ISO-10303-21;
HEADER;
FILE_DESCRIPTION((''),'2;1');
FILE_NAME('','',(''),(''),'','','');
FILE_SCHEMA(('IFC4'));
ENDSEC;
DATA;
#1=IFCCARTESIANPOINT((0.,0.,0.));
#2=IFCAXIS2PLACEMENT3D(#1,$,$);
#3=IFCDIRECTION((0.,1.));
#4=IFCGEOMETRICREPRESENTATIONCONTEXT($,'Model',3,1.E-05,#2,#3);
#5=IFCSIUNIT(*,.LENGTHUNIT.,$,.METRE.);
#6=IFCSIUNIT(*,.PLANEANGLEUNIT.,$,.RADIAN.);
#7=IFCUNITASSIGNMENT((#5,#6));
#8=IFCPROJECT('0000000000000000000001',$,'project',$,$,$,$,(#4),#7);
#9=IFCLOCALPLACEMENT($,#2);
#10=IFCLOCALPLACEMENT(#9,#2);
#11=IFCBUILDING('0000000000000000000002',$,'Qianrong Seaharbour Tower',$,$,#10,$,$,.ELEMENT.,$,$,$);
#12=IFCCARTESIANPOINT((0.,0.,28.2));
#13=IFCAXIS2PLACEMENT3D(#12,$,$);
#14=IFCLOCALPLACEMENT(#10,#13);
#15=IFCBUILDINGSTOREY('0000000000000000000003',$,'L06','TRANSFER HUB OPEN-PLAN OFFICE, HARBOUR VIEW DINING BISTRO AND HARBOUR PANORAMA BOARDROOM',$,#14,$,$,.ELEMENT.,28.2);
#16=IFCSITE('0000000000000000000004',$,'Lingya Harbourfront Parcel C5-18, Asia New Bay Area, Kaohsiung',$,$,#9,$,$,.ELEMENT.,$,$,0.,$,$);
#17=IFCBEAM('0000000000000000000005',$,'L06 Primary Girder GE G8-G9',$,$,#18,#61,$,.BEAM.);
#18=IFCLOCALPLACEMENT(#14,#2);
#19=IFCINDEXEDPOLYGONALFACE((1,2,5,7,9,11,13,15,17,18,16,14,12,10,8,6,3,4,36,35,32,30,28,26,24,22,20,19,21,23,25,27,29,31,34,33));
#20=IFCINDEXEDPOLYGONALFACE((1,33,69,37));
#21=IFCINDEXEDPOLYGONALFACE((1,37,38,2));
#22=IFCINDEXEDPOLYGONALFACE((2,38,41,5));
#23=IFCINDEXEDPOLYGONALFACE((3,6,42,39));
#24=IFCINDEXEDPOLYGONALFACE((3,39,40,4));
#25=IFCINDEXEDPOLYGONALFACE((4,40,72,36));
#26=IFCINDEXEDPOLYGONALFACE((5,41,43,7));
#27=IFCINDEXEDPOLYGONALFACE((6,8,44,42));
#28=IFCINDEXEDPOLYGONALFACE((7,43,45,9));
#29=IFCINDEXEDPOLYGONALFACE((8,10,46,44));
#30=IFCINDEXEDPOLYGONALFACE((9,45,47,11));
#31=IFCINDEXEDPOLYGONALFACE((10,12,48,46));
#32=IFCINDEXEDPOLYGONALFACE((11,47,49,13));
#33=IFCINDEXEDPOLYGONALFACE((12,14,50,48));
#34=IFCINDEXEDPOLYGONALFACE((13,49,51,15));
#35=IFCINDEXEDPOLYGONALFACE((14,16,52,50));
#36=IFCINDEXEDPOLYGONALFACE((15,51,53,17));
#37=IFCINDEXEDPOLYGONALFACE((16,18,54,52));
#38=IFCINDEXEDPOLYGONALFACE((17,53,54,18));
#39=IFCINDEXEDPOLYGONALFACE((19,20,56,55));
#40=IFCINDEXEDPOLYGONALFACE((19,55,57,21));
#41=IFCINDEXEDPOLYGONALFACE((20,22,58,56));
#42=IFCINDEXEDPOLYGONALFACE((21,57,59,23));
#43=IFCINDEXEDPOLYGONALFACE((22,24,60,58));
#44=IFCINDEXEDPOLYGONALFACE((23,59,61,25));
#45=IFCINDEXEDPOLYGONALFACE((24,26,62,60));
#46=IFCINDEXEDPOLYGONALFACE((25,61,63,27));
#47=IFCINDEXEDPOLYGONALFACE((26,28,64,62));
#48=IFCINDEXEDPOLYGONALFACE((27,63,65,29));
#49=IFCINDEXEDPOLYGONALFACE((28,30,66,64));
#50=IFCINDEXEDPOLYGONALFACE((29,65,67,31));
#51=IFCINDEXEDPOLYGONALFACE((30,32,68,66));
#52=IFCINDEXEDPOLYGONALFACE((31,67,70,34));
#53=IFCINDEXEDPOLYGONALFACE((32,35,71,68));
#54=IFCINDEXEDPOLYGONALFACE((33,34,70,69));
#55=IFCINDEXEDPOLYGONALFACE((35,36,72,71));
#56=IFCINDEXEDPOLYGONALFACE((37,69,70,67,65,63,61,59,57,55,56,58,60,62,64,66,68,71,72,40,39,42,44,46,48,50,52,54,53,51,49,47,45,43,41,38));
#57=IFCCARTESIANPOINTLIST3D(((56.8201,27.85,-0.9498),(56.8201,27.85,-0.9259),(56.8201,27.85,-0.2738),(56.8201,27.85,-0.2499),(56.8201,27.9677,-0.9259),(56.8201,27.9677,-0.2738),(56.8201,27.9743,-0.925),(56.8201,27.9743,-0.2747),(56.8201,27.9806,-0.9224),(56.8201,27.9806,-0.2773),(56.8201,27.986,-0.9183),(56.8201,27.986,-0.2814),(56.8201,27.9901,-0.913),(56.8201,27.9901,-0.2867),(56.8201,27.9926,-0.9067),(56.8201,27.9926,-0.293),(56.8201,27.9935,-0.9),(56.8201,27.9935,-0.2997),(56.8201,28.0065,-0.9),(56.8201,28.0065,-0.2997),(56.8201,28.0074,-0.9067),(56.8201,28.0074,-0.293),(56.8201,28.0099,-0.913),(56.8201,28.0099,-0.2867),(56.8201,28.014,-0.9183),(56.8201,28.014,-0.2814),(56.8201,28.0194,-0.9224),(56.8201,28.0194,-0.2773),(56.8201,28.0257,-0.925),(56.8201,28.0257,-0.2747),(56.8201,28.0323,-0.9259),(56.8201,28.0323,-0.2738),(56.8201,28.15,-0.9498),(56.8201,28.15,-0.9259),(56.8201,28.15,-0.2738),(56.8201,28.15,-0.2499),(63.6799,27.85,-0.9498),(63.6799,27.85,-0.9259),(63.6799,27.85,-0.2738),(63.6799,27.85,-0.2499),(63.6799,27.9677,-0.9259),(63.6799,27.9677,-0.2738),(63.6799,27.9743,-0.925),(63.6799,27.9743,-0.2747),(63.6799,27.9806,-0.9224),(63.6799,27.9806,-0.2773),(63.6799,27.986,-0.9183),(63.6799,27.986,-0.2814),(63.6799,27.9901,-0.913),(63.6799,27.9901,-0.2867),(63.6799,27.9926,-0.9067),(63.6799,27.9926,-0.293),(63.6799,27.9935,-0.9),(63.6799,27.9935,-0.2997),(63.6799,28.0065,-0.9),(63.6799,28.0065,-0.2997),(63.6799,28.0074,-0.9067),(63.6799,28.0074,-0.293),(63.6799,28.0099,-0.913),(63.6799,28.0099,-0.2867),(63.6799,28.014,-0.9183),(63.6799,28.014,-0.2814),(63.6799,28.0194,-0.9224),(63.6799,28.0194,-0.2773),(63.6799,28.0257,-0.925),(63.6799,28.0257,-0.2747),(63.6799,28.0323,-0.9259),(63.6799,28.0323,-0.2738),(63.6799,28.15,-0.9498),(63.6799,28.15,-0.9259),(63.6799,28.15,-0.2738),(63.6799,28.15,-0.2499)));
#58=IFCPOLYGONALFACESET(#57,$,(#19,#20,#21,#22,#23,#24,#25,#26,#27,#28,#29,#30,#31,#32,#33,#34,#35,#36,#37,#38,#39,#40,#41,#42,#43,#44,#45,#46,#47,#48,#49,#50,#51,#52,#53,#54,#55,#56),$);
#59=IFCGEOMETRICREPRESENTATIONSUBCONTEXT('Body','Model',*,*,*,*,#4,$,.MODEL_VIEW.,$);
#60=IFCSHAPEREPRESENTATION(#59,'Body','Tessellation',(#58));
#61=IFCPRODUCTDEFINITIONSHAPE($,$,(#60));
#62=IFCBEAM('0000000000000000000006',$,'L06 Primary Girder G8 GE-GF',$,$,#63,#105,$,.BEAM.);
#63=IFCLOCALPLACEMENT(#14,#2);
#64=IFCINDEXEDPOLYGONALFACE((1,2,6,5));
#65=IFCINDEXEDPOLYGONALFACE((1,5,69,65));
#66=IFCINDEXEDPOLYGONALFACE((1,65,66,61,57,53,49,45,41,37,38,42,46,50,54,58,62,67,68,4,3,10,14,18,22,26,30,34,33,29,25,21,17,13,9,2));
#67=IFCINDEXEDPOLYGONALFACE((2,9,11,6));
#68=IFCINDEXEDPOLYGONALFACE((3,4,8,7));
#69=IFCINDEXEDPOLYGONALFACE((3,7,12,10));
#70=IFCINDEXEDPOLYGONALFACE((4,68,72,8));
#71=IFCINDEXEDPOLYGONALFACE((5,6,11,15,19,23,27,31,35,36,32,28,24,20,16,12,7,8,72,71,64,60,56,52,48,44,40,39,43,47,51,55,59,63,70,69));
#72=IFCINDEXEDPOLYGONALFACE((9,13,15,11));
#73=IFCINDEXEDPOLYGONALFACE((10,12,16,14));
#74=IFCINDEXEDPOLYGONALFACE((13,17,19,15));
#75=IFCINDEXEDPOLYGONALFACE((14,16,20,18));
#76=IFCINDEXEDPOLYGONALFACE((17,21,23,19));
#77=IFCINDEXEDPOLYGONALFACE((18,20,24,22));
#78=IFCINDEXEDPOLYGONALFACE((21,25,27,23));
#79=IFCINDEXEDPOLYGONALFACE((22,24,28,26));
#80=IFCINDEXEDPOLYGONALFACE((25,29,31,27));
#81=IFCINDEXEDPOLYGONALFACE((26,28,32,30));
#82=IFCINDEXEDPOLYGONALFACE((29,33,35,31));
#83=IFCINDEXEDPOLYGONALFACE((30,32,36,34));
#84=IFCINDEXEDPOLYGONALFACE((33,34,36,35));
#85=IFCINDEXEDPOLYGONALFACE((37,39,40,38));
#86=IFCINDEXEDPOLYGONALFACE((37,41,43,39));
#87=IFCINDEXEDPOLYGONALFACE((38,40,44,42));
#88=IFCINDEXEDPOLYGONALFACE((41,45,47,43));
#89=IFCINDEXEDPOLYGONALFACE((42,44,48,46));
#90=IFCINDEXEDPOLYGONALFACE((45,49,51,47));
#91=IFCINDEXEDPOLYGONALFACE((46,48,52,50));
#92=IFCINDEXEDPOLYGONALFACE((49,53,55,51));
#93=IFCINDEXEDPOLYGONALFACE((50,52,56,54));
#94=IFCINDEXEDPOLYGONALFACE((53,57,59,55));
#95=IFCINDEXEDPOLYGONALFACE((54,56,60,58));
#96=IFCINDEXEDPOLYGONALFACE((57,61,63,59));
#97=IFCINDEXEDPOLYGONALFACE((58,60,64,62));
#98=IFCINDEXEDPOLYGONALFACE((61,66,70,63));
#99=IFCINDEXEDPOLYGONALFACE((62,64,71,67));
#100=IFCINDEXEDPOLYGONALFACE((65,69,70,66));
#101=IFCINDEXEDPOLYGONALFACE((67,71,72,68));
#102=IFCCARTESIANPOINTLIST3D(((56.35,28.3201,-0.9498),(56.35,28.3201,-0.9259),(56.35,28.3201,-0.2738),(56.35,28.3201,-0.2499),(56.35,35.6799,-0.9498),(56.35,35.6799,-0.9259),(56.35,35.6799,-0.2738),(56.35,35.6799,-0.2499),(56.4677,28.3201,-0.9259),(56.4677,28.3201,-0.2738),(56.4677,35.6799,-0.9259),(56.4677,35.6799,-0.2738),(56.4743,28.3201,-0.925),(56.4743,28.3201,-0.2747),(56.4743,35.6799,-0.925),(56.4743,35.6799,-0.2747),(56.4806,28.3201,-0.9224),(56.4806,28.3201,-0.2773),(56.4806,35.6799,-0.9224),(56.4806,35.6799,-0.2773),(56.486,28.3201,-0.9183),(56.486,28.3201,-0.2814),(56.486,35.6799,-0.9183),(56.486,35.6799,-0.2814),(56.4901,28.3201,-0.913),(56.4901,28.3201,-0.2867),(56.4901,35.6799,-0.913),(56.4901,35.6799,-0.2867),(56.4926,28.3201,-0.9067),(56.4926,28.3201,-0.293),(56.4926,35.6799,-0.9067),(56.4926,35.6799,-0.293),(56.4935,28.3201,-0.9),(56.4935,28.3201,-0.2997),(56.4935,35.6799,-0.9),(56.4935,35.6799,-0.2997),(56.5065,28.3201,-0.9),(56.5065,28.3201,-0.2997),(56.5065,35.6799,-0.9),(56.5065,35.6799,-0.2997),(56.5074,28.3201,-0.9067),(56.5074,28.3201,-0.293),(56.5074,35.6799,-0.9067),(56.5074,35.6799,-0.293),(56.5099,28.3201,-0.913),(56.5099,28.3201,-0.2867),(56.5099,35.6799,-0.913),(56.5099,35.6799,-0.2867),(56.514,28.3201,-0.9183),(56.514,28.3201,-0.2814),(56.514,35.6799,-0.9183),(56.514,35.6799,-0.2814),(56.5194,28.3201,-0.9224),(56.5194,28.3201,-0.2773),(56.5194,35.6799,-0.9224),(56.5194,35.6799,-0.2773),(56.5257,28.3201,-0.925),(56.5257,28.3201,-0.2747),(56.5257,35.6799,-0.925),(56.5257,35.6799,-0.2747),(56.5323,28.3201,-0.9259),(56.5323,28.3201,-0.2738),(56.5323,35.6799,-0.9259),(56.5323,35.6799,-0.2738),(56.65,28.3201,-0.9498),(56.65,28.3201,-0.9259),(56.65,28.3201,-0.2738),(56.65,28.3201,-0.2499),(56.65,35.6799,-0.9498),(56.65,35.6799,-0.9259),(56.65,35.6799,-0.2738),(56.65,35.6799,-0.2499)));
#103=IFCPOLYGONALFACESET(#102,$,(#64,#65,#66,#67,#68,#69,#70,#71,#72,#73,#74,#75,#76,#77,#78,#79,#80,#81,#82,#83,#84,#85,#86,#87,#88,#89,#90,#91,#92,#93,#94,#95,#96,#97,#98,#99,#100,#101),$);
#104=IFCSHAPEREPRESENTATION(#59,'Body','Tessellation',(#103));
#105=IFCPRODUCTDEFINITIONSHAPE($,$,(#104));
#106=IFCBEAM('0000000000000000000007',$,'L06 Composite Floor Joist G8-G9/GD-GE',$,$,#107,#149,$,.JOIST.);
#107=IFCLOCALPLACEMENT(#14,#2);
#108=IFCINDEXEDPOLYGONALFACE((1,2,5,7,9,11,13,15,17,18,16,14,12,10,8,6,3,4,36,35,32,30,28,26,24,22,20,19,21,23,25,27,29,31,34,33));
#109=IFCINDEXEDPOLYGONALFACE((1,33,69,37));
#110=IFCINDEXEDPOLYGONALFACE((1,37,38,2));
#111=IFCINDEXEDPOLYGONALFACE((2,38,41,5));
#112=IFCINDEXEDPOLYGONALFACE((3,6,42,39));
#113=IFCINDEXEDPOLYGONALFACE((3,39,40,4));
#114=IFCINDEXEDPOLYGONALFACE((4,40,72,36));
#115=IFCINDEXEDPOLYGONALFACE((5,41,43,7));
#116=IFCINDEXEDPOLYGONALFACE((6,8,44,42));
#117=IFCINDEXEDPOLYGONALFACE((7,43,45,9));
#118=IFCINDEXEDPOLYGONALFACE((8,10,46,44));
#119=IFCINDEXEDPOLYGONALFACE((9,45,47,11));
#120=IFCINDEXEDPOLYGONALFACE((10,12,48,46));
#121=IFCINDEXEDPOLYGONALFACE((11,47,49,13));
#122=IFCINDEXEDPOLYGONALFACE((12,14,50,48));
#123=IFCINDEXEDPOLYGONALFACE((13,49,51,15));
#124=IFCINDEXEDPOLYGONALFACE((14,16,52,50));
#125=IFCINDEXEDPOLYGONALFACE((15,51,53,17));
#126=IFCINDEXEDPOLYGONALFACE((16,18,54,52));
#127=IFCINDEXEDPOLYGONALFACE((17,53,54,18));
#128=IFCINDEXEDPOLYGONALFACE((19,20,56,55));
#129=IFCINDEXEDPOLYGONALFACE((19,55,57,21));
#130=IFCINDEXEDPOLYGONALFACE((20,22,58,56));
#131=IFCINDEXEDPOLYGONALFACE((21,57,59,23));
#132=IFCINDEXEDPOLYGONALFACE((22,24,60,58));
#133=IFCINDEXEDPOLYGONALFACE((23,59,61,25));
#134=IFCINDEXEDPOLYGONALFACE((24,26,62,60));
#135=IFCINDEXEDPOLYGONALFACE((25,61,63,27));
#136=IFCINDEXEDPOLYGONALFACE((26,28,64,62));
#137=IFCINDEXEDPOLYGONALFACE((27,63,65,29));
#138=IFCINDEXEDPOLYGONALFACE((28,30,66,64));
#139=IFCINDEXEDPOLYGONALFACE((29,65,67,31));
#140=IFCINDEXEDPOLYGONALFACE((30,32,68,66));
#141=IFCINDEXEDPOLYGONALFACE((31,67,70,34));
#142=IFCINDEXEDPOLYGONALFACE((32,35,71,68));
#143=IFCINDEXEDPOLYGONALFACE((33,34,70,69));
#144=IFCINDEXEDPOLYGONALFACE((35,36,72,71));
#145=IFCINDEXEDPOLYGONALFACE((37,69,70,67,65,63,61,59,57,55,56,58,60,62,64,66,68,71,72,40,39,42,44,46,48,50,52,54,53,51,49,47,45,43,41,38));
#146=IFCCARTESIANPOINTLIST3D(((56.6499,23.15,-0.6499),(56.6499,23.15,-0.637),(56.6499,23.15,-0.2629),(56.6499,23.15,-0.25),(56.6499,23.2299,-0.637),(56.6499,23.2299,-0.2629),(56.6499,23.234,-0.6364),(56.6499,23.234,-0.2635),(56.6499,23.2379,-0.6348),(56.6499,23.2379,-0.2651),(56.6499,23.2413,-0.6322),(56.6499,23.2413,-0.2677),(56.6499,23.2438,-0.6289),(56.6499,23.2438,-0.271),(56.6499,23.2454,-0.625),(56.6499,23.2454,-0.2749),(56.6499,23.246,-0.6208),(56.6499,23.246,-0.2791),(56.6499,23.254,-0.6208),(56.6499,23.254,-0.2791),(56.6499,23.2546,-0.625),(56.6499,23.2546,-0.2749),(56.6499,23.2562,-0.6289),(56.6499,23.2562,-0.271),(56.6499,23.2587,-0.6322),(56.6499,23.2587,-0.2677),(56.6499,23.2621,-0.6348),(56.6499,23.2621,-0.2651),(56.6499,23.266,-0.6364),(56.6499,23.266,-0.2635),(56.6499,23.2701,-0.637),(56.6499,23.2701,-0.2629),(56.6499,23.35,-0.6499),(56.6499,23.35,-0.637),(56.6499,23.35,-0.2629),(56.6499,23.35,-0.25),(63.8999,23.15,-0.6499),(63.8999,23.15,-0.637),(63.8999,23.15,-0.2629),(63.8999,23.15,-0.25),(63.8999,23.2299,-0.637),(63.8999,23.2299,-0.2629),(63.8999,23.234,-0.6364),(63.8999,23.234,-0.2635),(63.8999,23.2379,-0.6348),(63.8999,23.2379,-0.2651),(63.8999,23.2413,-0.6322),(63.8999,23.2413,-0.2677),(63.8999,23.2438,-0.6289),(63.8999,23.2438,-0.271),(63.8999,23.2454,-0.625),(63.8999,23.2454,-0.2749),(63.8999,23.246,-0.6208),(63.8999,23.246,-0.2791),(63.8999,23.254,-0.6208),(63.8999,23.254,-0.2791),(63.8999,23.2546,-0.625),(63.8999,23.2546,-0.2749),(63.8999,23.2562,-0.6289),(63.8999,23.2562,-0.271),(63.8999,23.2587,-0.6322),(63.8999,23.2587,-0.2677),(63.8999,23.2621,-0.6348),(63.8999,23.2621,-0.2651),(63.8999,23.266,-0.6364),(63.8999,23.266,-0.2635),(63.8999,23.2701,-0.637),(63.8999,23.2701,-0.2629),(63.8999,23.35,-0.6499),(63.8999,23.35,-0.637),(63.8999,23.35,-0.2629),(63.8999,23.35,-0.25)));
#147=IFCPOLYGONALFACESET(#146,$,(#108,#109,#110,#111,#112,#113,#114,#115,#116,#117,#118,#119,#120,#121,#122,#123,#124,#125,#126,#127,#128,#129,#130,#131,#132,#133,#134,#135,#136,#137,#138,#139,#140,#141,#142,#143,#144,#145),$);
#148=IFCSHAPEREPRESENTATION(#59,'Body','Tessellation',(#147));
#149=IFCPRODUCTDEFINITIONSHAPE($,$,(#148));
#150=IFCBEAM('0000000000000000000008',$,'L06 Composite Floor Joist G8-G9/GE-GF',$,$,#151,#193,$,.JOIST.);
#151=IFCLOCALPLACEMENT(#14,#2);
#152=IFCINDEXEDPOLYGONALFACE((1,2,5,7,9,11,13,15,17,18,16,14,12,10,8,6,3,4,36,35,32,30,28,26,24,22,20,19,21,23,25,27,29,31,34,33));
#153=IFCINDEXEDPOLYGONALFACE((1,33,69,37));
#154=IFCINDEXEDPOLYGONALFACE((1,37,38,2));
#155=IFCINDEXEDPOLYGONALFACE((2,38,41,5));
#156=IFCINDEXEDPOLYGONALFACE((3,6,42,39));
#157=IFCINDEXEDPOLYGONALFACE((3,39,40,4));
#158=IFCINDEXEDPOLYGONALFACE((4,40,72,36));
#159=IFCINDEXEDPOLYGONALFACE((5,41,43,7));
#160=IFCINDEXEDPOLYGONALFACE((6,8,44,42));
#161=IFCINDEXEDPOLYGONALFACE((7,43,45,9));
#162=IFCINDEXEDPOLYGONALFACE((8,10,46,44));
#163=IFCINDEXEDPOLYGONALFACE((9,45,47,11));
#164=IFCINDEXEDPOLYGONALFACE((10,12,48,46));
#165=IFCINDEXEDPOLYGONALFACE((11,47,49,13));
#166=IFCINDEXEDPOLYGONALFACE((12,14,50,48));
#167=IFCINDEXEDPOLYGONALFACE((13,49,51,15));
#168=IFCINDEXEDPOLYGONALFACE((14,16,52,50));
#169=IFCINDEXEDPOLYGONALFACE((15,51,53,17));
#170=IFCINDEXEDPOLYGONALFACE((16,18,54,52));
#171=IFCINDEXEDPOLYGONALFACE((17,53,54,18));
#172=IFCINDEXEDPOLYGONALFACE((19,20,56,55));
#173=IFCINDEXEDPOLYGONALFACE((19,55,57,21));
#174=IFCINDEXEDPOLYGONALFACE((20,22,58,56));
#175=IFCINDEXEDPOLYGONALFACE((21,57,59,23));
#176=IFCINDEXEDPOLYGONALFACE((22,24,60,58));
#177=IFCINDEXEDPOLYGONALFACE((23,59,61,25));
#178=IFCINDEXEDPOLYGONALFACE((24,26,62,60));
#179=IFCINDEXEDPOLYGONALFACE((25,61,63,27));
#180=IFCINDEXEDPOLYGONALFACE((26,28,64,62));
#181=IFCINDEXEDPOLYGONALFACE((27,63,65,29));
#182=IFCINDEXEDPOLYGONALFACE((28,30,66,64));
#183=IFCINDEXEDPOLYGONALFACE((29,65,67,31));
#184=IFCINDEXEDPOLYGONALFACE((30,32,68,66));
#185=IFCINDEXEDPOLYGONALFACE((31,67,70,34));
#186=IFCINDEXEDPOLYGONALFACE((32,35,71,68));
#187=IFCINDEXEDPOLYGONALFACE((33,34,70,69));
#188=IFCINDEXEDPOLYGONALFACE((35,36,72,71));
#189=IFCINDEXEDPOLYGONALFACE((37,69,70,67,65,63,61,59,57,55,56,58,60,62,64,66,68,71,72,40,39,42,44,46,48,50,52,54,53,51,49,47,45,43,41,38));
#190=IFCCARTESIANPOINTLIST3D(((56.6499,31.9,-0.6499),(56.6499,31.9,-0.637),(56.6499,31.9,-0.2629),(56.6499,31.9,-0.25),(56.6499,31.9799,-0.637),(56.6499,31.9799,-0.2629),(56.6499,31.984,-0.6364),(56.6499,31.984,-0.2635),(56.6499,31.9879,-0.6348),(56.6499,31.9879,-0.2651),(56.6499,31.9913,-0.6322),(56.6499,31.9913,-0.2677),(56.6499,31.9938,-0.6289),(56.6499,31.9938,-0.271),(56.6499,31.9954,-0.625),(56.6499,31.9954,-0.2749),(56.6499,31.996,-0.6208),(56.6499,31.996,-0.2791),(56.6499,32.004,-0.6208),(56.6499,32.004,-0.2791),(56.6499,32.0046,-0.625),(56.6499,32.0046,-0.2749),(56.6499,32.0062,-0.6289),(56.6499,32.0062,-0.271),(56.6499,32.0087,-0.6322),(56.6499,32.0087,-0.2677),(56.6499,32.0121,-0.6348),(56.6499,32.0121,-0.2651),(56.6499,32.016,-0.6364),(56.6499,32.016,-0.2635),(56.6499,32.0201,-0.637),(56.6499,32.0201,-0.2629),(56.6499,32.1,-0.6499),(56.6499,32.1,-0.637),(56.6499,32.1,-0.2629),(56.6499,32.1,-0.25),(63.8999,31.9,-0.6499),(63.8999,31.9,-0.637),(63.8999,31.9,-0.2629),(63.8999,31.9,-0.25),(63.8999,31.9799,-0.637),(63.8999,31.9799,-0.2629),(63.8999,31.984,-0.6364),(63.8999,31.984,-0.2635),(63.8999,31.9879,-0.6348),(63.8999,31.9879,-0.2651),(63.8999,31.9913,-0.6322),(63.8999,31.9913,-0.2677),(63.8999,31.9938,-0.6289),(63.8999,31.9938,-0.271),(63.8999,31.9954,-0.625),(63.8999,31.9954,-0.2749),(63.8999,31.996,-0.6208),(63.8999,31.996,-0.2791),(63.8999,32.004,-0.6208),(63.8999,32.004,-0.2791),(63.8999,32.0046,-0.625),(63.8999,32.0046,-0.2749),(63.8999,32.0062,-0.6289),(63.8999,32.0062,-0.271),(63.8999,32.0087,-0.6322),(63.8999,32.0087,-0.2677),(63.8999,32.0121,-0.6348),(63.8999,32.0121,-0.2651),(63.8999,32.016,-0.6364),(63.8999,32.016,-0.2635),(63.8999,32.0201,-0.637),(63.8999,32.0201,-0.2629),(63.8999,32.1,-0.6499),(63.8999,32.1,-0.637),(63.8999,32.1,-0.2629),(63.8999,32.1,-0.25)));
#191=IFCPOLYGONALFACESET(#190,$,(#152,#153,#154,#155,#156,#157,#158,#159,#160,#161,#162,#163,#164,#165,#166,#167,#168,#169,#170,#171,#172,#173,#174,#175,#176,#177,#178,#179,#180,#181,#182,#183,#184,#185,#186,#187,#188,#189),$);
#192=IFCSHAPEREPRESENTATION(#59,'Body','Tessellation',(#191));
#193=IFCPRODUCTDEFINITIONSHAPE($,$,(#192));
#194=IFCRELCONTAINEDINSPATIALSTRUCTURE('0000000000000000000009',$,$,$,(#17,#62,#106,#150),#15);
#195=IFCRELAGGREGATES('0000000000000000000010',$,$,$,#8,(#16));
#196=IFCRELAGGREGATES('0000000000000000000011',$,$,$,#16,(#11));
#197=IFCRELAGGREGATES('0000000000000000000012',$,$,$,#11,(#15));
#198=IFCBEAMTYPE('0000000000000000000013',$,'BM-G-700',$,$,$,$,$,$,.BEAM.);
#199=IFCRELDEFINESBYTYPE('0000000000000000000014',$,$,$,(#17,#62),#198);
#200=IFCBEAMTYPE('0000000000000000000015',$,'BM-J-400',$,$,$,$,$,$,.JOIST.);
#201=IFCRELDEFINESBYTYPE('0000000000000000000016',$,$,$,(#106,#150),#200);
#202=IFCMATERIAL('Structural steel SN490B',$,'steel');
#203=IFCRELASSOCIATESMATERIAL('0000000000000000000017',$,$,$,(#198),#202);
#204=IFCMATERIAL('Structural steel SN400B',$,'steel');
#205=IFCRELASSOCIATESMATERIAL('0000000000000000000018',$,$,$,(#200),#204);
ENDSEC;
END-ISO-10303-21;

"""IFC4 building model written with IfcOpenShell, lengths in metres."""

from ifc_helpers import new_model, si_unit, direction, frame, origin, origin_2d, place, context, subcontext, project, spatial, i_section, extrude, material, material_profile, profile_set, type_object, element, save


model = new_model("IFC4")

# Units and contexts
model_context = context("Model", 3, precision=1e-05, world=origin(), true_north=direction((0.0, 1.0)))
body_context = subcontext(model_context, "Body", "Model", "MODEL_VIEW")
ifc_project = project(units=[si_unit("LENGTHUNIT", "METRE"), si_unit("PLANEANGLEUNIT", "RADIAN")], contexts=[model_context])

# Site, building, storey
site_placement = place(None, origin())
site = spatial("IfcSite", under=ifc_project, at=site_placement, Name="Lingya Harbourfront Parcel C5-18, Asia New Bay Area, Kaohsiung", CompositionType="ELEMENT", RefElevation=0.0)
building_placement = place(site_placement, origin())
building = spatial("IfcBuilding", under=site, at=building_placement, Name="Qianrong Seaharbour Tower", CompositionType="ELEMENT")
storey_placement = place(building_placement, frame((0.0, 0.0, 28.2)))
storey = spatial("IfcBuildingStorey", under=building, at=storey_placement, Name="L06", Description="TRANSFER HUB OPEN-PLAN OFFICE, HARBOUR VIEW DINING BISTRO AND HARBOUR PANORAMA BOARDROOM", CompositionType="ELEMENT", Elevation=28.2)

# Shared definitions
ifc_material_1 = material(Name="Structural steel SN490B", Category="steel")

# Beams
ifc_material_profile_1 = material_profile(ifc_material_1, i_section(OverallWidth=0.3, OverallDepth=0.7, WebThickness=0.0129, FlangeThickness=0.0239, FilletRadius=0.0259, at=origin_2d()), Name="H700x300x13x24")
ifc_profile_set_1 = profile_set([ifc_material_profile_1], Name="Structural steel SN490B")
beam_type_1 = type_object("IfcBeamType", Name="BM-G-700", PredefinedType="BEAM", material=ifc_profile_set_1)
for number, where, z_axis, x_axis, name in (
    (1, (56.8201, 28.0, -0.5999), (1.0, 0.0, 0.0), (0.0, 1.0, 0.0), "L06 Primary Girder GE G8-G9"),
):
    element("IfcBeam", number, at=place(storey_placement, frame(where, z_axis=z_axis, x_axis=x_axis)), inside=storey, type_object=beam_type_1, Name=name, PredefinedType="BEAM", context=body_context, shape_type="SweptSolid", body=[
        extrude(i_section(OverallWidth=0.3, OverallDepth=0.7, WebThickness=0.0129, FlangeThickness=0.0239, FilletRadius=0.0259, at=origin_2d()), origin(), (0.0, 0.0, 1.0), 6.8599),
    ])
beam_1_placement = place(storey_placement, frame((56.5, 28.3201, -0.5999), z_axis=(0.0, 1.0, 0.0), x_axis=(-1.0, 0.0, 0.0)))
element("IfcBeam", 2, at=beam_1_placement, inside=storey, type_object=beam_type_1, Name="L06 Primary Girder G8 GE-GF", PredefinedType="BEAM", context=body_context, shape_type="SweptSolid", body=[
    extrude(i_section(OverallWidth=0.3, OverallDepth=0.7, WebThickness=0.0129, FlangeThickness=0.0239, FilletRadius=0.0259, at=origin_2d()), origin(), (0.0, 0.0, 1.0), 7.3599),
])
ifc_material_2 = material(Name="Structural steel SN400B", Category="steel")
ifc_material_profile_2 = material_profile(ifc_material_2, i_section(OverallWidth=0.2, OverallDepth=0.3999, WebThickness=0.0081, FlangeThickness=0.0129, FilletRadius=0.0161, at=origin_2d()), Name="H400x200x8x13")
ifc_profile_set_2 = profile_set([ifc_material_profile_2], Name="Structural steel SN400B")
beam_type_2 = type_object("IfcBeamType", Name="BM-J-400", PredefinedType="JOIST", material=ifc_profile_set_2)
for number, where, z_axis, x_axis, name in (
    (3, (56.6499, 23.25, -0.45), (1.0, 0.0, 0.0), (0.0, 1.0, 0.0), "L06 Composite Floor Joist G8-G9/GD-GE"),
    (4, (56.6499, 32.0, -0.45), (1.0, 0.0, 0.0), (0.0, 1.0, 0.0), "L06 Composite Floor Joist G8-G9/GE-GF"),
):
    element("IfcBeam", number, at=place(storey_placement, frame(where, z_axis=z_axis, x_axis=x_axis)), inside=storey, type_object=beam_type_2, Name=name, PredefinedType="JOIST", context=body_context, shape_type="SweptSolid", body=[
        extrude(i_section(OverallWidth=0.2, OverallDepth=0.3999, WebThickness=0.0081, FlangeThickness=0.0129, FilletRadius=0.0161, at=origin_2d()), origin(), (0.0, 0.0, 1.0), 7.25),
    ])

save(model, "model.ifc")
